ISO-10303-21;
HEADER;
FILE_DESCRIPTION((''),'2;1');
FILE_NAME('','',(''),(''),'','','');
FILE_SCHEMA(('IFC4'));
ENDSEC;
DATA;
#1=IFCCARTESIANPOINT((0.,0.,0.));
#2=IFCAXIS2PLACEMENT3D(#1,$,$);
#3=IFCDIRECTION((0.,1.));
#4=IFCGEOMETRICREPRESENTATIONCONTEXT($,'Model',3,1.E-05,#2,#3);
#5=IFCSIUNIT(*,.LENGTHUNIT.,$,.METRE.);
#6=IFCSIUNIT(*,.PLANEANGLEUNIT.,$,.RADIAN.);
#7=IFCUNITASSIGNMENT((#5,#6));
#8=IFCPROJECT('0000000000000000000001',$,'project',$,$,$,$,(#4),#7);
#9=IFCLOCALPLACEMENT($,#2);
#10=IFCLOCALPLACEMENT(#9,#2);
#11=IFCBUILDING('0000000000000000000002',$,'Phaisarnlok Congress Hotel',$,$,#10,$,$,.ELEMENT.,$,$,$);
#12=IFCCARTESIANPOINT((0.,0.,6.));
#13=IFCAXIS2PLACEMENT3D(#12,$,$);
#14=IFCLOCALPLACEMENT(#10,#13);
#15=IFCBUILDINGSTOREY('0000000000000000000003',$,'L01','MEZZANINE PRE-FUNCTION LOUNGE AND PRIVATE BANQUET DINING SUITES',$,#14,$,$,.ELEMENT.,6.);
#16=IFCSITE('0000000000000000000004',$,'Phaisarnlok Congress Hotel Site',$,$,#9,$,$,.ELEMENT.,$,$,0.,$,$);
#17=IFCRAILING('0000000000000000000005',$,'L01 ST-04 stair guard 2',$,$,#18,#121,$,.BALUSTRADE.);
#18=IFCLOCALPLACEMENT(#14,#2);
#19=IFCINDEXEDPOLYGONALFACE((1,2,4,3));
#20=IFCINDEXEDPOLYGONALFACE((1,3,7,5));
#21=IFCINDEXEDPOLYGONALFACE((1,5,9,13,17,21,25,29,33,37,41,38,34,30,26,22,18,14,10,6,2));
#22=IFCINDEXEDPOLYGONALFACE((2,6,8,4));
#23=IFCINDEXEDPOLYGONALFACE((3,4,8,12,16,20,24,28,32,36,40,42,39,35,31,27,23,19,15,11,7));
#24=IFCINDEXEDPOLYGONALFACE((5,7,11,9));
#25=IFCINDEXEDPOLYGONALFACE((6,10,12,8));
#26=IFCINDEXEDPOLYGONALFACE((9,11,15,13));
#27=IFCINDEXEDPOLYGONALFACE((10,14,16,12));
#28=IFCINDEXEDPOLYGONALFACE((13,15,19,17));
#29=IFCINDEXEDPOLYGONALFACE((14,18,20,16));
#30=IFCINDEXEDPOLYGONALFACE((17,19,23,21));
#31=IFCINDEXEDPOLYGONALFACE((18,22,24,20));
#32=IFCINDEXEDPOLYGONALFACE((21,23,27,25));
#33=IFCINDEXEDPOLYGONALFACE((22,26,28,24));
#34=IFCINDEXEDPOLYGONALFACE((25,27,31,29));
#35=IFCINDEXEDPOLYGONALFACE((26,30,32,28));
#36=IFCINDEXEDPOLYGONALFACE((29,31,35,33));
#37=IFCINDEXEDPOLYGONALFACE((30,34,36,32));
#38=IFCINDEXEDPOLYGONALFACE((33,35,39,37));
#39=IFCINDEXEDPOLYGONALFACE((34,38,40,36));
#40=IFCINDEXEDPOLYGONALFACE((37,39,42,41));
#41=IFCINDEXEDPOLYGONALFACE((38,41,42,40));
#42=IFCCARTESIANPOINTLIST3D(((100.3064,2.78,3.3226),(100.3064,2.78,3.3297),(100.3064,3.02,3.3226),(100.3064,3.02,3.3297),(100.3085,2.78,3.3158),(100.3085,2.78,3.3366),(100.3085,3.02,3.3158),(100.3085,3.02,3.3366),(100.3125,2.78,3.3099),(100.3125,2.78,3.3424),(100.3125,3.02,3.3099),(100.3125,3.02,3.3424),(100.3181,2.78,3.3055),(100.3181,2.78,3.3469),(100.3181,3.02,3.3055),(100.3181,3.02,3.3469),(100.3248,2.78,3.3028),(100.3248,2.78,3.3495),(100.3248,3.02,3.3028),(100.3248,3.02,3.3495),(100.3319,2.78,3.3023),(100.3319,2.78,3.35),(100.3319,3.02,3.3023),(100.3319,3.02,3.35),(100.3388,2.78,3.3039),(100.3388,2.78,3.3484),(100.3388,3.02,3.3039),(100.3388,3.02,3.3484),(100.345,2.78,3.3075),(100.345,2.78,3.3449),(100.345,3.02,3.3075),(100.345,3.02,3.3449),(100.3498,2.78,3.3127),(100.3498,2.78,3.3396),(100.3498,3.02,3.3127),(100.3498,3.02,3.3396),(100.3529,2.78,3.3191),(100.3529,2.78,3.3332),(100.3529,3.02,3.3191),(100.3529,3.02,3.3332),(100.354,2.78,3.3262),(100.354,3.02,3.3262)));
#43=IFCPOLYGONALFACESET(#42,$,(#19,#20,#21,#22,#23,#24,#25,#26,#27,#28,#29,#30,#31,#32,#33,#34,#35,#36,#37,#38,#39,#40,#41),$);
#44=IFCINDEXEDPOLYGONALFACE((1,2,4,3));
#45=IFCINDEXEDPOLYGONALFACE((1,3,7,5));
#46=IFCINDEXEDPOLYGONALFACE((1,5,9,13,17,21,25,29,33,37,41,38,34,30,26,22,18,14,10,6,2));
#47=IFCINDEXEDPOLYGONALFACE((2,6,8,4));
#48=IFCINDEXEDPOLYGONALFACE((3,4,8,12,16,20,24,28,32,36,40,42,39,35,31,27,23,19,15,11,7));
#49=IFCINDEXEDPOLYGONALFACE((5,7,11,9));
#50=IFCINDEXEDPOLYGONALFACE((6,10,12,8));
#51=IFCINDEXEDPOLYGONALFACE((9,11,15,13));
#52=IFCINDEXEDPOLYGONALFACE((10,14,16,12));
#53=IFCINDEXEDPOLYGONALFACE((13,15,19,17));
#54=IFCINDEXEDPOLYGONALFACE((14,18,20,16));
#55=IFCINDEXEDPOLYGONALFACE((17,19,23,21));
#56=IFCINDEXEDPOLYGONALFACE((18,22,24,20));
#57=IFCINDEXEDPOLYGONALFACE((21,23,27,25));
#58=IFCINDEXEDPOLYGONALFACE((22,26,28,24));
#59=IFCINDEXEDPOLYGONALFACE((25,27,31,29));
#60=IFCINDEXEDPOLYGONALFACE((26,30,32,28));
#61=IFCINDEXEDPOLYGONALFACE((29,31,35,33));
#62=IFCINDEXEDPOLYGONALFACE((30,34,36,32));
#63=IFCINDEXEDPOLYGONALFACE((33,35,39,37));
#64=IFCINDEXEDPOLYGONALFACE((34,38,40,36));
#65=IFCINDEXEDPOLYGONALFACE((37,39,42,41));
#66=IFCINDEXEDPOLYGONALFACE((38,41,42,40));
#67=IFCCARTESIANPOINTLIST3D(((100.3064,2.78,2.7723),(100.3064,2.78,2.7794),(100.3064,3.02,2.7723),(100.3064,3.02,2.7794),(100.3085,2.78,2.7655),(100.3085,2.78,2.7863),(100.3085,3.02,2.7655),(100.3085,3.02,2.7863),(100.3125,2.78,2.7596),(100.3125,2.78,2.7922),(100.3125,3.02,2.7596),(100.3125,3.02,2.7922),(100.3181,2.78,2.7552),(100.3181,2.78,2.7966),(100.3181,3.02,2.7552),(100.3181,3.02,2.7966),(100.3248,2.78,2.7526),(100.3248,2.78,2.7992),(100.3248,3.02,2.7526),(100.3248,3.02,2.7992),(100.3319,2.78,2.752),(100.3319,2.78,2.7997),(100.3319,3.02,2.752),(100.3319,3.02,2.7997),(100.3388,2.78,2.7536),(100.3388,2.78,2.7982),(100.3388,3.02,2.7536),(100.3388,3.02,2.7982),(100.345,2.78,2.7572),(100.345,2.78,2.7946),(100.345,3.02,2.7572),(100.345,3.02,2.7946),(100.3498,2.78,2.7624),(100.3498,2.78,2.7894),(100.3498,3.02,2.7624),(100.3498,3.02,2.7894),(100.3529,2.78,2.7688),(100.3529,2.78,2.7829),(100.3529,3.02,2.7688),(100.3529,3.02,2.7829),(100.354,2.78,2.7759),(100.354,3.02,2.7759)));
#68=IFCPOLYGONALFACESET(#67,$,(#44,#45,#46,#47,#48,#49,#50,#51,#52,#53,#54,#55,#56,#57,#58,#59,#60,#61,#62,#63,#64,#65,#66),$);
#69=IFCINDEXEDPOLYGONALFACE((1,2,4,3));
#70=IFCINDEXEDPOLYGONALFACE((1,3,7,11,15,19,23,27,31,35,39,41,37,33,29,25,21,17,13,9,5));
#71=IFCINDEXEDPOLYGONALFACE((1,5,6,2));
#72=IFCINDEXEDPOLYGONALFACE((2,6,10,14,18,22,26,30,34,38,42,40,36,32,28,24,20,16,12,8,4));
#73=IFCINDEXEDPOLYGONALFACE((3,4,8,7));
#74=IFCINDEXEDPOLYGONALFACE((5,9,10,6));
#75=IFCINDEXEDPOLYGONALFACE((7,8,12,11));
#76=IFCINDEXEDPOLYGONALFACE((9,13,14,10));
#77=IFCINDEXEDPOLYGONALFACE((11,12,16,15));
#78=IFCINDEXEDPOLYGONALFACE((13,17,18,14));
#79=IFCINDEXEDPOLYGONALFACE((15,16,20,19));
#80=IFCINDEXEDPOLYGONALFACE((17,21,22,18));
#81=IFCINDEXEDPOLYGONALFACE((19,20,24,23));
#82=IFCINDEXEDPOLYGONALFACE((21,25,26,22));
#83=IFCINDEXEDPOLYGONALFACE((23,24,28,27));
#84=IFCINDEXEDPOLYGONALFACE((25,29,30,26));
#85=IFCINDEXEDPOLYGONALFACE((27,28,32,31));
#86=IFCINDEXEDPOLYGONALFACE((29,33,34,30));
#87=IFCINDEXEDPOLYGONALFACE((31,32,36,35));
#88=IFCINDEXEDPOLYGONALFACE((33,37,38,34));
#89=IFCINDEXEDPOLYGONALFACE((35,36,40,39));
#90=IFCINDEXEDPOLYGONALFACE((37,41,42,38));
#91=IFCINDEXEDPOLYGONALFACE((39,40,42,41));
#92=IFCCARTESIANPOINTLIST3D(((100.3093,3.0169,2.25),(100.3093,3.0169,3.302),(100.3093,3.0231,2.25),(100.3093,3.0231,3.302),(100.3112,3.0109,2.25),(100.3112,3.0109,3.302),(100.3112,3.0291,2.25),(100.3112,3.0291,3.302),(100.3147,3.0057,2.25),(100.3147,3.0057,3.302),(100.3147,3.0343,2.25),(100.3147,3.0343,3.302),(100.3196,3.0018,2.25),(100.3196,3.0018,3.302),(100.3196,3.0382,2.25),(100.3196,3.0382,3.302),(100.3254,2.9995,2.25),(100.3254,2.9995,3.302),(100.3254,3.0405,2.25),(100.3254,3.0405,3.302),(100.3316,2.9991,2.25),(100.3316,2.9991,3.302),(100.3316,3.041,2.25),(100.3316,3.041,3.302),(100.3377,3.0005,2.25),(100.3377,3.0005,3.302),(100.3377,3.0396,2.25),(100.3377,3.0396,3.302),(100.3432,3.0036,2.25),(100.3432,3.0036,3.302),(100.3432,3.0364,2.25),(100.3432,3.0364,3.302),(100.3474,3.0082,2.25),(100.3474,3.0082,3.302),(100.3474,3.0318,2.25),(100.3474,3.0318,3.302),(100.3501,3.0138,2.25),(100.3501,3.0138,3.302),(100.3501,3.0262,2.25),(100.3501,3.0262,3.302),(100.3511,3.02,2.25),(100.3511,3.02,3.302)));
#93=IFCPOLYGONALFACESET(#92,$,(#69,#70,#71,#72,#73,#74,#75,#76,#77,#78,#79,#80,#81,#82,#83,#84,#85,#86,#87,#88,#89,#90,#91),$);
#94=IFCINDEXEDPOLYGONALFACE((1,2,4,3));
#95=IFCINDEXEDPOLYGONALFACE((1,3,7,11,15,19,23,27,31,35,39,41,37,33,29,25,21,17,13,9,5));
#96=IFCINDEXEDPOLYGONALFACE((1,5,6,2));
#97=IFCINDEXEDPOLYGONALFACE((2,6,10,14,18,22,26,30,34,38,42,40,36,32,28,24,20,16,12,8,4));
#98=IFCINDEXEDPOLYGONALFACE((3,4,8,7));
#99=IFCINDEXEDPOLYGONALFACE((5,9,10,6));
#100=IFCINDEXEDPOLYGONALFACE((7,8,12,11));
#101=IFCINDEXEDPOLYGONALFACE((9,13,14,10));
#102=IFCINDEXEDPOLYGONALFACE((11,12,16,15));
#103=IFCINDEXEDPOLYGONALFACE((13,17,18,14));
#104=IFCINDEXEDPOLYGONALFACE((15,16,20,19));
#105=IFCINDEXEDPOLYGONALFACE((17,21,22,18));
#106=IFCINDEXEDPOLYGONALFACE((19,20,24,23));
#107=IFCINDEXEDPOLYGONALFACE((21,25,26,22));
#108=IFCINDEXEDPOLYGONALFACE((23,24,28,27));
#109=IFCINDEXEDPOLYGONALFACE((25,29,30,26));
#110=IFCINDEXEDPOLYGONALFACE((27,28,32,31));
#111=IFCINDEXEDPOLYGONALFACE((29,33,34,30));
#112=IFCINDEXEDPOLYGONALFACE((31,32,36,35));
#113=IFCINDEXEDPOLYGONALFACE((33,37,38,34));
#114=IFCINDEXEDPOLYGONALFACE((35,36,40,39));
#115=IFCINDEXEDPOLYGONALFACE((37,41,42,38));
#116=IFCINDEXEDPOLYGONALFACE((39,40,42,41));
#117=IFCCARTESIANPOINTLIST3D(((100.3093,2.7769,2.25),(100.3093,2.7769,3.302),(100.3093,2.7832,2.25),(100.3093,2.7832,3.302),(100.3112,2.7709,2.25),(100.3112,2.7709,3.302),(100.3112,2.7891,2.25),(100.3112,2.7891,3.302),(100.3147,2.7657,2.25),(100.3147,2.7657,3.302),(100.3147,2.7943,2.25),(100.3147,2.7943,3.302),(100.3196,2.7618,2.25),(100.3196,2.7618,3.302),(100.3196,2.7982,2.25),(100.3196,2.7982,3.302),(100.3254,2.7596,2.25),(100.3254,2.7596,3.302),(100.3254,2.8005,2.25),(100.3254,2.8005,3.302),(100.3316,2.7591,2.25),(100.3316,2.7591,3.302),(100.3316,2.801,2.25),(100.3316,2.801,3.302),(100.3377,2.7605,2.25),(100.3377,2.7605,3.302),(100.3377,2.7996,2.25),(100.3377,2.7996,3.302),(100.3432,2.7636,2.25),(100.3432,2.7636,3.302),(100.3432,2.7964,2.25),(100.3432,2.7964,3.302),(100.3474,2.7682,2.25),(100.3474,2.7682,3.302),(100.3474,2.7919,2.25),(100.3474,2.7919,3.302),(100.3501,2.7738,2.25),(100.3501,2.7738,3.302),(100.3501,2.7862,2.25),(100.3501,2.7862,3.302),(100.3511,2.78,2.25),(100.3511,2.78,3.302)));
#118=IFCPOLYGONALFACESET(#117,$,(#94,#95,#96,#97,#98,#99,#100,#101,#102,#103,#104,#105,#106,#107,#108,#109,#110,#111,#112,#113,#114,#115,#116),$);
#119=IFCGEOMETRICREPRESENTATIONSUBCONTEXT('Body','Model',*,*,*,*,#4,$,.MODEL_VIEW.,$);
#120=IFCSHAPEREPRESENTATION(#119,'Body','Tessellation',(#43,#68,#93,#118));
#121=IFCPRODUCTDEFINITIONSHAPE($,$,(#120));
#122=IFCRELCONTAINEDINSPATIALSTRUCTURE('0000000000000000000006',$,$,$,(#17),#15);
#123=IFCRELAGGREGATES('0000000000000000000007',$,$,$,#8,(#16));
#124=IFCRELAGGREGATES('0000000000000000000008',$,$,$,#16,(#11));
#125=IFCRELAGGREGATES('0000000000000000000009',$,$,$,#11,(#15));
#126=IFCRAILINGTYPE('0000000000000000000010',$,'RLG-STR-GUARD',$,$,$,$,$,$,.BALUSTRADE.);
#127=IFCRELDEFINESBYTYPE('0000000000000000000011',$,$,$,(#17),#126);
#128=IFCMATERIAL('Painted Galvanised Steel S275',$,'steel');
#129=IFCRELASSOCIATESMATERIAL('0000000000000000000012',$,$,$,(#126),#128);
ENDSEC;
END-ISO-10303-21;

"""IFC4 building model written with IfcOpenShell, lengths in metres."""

from ifc_helpers import new_model, si_unit, direction, frame, origin, origin_2d, place, context, subcontext, project, spatial, circle, extrude, material, type_object, element, save


model = new_model("IFC4")

# Units and contexts
model_context = context("Model", 3, precision=1e-05, world=origin(), true_north=direction((0.0, 1.0)))
body_context = subcontext(model_context, "Body", "Model", "MODEL_VIEW")
ifc_project = project(units=[si_unit("LENGTHUNIT", "METRE"), si_unit("PLANEANGLEUNIT", "RADIAN")], contexts=[model_context])

# Site, building, storey
site_placement = place(None, origin())
site = spatial("IfcSite", under=ifc_project, at=site_placement, Name="Phaisarnlok Congress Hotel Site", CompositionType="ELEMENT", RefElevation=0.0)
building_placement = place(site_placement, origin())
building = spatial("IfcBuilding", under=site, at=building_placement, Name="Phaisarnlok Congress Hotel", CompositionType="ELEMENT")
storey_placement = place(building_placement, frame((0.0, 0.0, 6.0)))
storey = spatial("IfcBuildingStorey", under=building, at=storey_placement, Name="L01", Description="MEZZANINE PRE-FUNCTION LOUNGE AND PRIVATE BANQUET DINING SUITES", CompositionType="ELEMENT", Elevation=6.0)

# Railing
ifc_material_1 = material(Name="Painted Galvanised Steel S275", Category="steel")
railing_type_1 = type_object("IfcRailingType", Name="RLG-STR-GUARD", PredefinedType="BALUSTRADE", material=ifc_material_1)
railing_1_placement = place(storey_placement, frame((100.3301, 3.02, 2.25)))
element("IfcRailing", 1, at=railing_1_placement, inside=storey, type_object=railing_type_1, Name="L01 ST-04 stair guard 2", PredefinedType="BALUSTRADE", context=body_context, shape_type="SweptSolid", body=[
    extrude(circle(Radius=0.0239, at=origin_2d()), frame((0.0, 0.0, 1.0762), z_axis=(0.0, -1.0, 0.0), x_axis=(1.0, 0.0, 0.0)), (0.0, 0.0, 1.0), 0.24),
    extrude(circle(Radius=0.0239, at=origin_2d()), frame((0.0, 0.0, 0.5259), z_axis=(0.0, -1.0, 0.0), x_axis=(1.0, 0.0, 0.0)), (0.0, 0.0, 1.0), 0.24),
    extrude(circle(Radius=0.021, at=origin_2d()), origin(), (0.0, 0.0, 1.0), 1.052),
    extrude(circle(Radius=0.021, at=origin_2d()), frame((0.0, -0.24, 0.0)), (0.0, 0.0, 1.0), 1.052),
])

save(model, "model.ifc")
